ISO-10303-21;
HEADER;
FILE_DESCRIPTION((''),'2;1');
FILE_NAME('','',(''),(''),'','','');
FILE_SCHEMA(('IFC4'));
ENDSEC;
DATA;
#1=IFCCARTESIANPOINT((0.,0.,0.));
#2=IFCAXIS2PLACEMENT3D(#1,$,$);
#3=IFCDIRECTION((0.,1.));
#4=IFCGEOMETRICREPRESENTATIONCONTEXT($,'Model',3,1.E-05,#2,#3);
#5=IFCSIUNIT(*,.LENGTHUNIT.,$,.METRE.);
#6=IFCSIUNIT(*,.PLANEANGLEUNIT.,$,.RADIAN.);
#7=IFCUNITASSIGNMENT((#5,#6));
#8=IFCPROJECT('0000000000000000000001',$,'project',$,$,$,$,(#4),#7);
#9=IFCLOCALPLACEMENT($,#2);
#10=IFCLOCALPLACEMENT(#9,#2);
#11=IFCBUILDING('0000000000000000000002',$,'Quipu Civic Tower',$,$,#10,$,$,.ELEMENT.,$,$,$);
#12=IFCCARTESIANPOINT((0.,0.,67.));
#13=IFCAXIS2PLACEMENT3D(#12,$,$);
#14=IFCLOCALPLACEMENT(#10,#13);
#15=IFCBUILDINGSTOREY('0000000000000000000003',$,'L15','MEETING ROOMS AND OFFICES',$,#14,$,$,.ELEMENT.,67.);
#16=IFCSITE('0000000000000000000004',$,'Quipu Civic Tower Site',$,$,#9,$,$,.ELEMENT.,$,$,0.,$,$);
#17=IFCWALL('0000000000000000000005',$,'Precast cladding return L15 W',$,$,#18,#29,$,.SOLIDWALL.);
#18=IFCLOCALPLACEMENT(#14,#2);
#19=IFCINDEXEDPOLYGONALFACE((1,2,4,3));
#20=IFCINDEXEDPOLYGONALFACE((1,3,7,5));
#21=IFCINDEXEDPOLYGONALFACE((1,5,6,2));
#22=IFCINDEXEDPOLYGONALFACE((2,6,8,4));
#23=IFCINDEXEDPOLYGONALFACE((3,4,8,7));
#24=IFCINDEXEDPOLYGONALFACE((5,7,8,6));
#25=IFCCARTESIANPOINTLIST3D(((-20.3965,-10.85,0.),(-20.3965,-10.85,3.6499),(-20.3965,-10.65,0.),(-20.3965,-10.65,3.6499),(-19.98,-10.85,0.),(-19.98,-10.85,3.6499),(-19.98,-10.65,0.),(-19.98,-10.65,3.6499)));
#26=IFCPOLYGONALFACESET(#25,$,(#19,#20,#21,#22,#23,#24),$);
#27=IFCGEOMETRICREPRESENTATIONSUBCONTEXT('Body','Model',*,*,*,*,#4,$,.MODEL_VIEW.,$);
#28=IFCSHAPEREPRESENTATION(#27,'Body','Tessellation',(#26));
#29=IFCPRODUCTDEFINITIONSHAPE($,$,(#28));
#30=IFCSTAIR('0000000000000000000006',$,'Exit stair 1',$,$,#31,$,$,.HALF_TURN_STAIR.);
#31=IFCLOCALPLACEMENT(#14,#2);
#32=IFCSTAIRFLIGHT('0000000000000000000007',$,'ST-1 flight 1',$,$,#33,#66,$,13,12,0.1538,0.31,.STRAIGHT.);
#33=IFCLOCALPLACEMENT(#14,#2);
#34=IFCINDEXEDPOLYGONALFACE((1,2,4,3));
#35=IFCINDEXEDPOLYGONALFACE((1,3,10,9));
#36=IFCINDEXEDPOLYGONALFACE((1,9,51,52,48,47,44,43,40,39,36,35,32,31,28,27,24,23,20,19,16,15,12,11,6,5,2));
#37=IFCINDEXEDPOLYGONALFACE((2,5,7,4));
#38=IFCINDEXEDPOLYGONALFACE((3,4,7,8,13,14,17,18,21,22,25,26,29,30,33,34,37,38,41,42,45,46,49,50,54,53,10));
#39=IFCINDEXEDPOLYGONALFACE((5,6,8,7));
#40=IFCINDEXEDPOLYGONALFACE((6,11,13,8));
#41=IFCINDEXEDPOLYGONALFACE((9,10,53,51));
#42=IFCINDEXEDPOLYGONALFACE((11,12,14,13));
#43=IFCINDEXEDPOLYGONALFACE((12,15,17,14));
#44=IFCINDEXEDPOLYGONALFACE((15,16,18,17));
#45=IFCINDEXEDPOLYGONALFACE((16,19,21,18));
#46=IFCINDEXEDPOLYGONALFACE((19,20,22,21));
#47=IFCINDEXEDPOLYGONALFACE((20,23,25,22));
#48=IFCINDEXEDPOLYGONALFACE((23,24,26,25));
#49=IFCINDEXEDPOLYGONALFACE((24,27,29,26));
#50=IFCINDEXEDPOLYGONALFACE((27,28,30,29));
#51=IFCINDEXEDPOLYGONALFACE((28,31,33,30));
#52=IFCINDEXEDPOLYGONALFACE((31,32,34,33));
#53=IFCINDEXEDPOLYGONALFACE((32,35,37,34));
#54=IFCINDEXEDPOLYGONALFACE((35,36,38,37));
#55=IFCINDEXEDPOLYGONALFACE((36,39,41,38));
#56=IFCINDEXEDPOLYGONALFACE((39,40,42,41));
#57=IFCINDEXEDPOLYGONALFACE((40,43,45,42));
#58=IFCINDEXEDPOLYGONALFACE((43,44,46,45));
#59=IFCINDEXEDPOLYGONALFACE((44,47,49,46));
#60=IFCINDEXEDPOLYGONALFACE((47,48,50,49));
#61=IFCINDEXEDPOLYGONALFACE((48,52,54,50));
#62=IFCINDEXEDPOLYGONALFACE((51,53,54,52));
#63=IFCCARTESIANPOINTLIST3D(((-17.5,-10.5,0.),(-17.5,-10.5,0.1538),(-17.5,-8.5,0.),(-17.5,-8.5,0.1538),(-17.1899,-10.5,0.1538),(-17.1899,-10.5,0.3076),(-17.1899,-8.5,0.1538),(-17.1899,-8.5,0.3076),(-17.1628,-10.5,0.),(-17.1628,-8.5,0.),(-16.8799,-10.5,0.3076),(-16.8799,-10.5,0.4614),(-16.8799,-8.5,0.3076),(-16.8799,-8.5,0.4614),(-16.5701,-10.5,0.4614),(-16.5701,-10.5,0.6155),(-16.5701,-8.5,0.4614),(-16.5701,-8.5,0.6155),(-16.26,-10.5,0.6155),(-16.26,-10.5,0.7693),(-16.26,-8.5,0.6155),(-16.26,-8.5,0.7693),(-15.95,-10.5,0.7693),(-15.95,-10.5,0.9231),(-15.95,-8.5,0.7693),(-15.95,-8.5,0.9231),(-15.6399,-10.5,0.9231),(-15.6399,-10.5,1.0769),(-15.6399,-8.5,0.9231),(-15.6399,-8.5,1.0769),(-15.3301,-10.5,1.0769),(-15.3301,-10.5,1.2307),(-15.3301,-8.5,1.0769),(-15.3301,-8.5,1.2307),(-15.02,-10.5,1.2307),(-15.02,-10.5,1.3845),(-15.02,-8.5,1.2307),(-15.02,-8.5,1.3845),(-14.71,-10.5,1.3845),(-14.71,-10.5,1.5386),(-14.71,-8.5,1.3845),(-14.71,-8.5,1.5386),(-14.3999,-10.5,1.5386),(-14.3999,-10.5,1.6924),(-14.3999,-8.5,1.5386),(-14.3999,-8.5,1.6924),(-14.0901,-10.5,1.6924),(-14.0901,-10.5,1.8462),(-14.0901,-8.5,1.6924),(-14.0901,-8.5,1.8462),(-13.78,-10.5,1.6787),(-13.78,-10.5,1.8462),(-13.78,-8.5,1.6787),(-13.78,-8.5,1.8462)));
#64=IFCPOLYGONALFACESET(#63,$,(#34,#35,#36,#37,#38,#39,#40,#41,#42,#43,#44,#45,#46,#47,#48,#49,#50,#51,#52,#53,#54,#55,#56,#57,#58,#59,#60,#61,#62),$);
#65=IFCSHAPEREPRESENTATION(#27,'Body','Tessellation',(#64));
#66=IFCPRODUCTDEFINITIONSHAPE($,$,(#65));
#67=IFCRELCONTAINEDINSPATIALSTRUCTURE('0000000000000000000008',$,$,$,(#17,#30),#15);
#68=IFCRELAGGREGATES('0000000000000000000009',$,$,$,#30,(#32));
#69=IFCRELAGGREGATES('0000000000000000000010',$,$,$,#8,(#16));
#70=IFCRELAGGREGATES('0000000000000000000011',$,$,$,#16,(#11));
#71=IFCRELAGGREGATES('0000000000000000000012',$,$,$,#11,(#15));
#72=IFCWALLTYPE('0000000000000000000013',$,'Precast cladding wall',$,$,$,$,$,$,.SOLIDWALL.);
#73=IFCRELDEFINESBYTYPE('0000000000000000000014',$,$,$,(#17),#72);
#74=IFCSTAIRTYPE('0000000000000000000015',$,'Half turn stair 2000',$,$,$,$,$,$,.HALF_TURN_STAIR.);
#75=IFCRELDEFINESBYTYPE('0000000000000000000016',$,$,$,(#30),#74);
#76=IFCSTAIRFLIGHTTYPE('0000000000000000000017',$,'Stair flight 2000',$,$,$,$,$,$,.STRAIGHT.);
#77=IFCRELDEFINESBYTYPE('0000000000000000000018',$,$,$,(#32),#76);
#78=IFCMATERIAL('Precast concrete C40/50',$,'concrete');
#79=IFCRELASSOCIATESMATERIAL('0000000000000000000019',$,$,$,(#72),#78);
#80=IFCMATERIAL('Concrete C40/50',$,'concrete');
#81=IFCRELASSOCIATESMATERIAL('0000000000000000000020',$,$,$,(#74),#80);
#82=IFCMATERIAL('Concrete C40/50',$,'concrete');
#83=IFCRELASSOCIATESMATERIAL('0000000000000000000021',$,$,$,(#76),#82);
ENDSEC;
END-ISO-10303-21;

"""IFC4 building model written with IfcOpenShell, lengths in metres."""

from ifc_helpers import new_model, si_unit, direction, frame, frame_2d, origin, place, context, subcontext, project, spatial, polyline, rectangle, outline, extrude, material, type_object, element, aggregate, save


model = new_model("IFC4")

# Units and contexts
model_context = context("Model", 3, precision=1e-05, world=origin(), true_north=direction((0.0, 1.0)))
body_context = subcontext(model_context, "Body", "Model", "MODEL_VIEW")
ifc_project = project(units=[si_unit("LENGTHUNIT", "METRE"), si_unit("PLANEANGLEUNIT", "RADIAN")], contexts=[model_context])

# Site, building, storey
site_placement = place(None, origin())
site = spatial("IfcSite", under=ifc_project, at=site_placement, Name="Quipu Civic Tower Site", CompositionType="ELEMENT", RefElevation=0.0)
building_placement = place(site_placement, origin())
building = spatial("IfcBuilding", under=site, at=building_placement, Name="Quipu Civic Tower", CompositionType="ELEMENT")
storey_placement = place(building_placement, frame((0.0, 0.0, 67.0)))
storey = spatial("IfcBuildingStorey", under=building, at=storey_placement, Name="L15", Description="MEETING ROOMS AND OFFICES", CompositionType="ELEMENT", Elevation=67.0)

# Wall
ifc_material_1 = material(Name="Precast concrete C40/50", Category="concrete")
wall_type_1 = type_object("IfcWallType", Name="Precast cladding wall", PredefinedType="SOLIDWALL", material=ifc_material_1)
wall_1_placement = place(storey_placement, frame((-19.98, -10.75, 0.0), z_axis=(0.0, 0.0, 1.0), x_axis=(-1.0, 0.0, 0.0)))
element("IfcWall", 1, at=wall_1_placement, inside=storey, type_object=wall_type_1, Name="Precast cladding return L15 W", PredefinedType="SOLIDWALL", context=body_context, shape_type="SweptSolid", body=[
    extrude(rectangle(XDim=0.4165, YDim=0.2, at=frame_2d((0.2083, 0.0))), origin(), (0.0, 0.0, 1.0), 3.6499),
])

# Stair, stair flight
ifc_material_2 = material(Name="Concrete C40/50", Category="concrete")
stair_type = type_object("IfcStairType", Name="Half turn stair 2000", PredefinedType="HALF_TURN_STAIR", material=ifc_material_2)
stair_placement = place(storey_placement, origin())
stair = element("IfcStair", 2, at=stair_placement, inside=storey, type_object=stair_type, Name="Exit stair 1", PredefinedType="HALF_TURN_STAIR")
ifc_material_3 = material(Name="Concrete C40/50", Category="concrete")
stair_flight_type = type_object("IfcStairFlightType", Name="Stair flight 2000", PredefinedType="STRAIGHT", material=ifc_material_3)
stair_flight_placement = place(storey_placement, frame((-17.5, -9.5, 0.0), z_axis=(0.0, 0.0, 1.0), x_axis=(1.0, 0.0, 0.0)))
stair_flight = element("IfcStairFlight", 3, at=stair_flight_placement, type_object=stair_flight_type, Name="ST-1 flight 1", NumberOfRisers=13, NumberOfTreads=12, PredefinedType="STRAIGHT", RiserHeight=0.1538, TreadLength=0.31, context=body_context, shape_type="SweptSolid", body=[
    extrude(outline(polyline([(0.0, 0.0), (0.0, 0.1538), (0.3101, 0.1538), (0.3101, 0.3076), (0.6201, 0.3076), (0.6201, 0.4614), (0.9299, 0.4614), (0.9299, 0.6155), (1.24, 0.6155), (1.24, 0.7693), (1.55, 0.7693), (1.55, 0.9231), (1.8601, 0.9231), (1.8601, 1.0769), (2.1699, 1.0769), (2.1699, 1.2307), (2.48, 1.2307), (2.48, 1.3845), (2.79, 1.3845), (2.79, 1.5386), (3.1001, 1.5386), (3.1001, 1.6924), (3.4099, 1.6924), (3.4099, 1.8462), (3.72, 1.8462), (3.72, 2.0), (3.72, 1.6787), (0.3372, 0.0), (0.0, 0.0)])), frame((0.0, 1.0, 0.0), z_axis=(0.0, -1.0, 0.0), x_axis=(1.0, 0.0, 0.0)), (0.0, 0.0, 1.0), 2.0),
])
aggregate(stair, [stair_flight])

save(model, "model.ifc")
